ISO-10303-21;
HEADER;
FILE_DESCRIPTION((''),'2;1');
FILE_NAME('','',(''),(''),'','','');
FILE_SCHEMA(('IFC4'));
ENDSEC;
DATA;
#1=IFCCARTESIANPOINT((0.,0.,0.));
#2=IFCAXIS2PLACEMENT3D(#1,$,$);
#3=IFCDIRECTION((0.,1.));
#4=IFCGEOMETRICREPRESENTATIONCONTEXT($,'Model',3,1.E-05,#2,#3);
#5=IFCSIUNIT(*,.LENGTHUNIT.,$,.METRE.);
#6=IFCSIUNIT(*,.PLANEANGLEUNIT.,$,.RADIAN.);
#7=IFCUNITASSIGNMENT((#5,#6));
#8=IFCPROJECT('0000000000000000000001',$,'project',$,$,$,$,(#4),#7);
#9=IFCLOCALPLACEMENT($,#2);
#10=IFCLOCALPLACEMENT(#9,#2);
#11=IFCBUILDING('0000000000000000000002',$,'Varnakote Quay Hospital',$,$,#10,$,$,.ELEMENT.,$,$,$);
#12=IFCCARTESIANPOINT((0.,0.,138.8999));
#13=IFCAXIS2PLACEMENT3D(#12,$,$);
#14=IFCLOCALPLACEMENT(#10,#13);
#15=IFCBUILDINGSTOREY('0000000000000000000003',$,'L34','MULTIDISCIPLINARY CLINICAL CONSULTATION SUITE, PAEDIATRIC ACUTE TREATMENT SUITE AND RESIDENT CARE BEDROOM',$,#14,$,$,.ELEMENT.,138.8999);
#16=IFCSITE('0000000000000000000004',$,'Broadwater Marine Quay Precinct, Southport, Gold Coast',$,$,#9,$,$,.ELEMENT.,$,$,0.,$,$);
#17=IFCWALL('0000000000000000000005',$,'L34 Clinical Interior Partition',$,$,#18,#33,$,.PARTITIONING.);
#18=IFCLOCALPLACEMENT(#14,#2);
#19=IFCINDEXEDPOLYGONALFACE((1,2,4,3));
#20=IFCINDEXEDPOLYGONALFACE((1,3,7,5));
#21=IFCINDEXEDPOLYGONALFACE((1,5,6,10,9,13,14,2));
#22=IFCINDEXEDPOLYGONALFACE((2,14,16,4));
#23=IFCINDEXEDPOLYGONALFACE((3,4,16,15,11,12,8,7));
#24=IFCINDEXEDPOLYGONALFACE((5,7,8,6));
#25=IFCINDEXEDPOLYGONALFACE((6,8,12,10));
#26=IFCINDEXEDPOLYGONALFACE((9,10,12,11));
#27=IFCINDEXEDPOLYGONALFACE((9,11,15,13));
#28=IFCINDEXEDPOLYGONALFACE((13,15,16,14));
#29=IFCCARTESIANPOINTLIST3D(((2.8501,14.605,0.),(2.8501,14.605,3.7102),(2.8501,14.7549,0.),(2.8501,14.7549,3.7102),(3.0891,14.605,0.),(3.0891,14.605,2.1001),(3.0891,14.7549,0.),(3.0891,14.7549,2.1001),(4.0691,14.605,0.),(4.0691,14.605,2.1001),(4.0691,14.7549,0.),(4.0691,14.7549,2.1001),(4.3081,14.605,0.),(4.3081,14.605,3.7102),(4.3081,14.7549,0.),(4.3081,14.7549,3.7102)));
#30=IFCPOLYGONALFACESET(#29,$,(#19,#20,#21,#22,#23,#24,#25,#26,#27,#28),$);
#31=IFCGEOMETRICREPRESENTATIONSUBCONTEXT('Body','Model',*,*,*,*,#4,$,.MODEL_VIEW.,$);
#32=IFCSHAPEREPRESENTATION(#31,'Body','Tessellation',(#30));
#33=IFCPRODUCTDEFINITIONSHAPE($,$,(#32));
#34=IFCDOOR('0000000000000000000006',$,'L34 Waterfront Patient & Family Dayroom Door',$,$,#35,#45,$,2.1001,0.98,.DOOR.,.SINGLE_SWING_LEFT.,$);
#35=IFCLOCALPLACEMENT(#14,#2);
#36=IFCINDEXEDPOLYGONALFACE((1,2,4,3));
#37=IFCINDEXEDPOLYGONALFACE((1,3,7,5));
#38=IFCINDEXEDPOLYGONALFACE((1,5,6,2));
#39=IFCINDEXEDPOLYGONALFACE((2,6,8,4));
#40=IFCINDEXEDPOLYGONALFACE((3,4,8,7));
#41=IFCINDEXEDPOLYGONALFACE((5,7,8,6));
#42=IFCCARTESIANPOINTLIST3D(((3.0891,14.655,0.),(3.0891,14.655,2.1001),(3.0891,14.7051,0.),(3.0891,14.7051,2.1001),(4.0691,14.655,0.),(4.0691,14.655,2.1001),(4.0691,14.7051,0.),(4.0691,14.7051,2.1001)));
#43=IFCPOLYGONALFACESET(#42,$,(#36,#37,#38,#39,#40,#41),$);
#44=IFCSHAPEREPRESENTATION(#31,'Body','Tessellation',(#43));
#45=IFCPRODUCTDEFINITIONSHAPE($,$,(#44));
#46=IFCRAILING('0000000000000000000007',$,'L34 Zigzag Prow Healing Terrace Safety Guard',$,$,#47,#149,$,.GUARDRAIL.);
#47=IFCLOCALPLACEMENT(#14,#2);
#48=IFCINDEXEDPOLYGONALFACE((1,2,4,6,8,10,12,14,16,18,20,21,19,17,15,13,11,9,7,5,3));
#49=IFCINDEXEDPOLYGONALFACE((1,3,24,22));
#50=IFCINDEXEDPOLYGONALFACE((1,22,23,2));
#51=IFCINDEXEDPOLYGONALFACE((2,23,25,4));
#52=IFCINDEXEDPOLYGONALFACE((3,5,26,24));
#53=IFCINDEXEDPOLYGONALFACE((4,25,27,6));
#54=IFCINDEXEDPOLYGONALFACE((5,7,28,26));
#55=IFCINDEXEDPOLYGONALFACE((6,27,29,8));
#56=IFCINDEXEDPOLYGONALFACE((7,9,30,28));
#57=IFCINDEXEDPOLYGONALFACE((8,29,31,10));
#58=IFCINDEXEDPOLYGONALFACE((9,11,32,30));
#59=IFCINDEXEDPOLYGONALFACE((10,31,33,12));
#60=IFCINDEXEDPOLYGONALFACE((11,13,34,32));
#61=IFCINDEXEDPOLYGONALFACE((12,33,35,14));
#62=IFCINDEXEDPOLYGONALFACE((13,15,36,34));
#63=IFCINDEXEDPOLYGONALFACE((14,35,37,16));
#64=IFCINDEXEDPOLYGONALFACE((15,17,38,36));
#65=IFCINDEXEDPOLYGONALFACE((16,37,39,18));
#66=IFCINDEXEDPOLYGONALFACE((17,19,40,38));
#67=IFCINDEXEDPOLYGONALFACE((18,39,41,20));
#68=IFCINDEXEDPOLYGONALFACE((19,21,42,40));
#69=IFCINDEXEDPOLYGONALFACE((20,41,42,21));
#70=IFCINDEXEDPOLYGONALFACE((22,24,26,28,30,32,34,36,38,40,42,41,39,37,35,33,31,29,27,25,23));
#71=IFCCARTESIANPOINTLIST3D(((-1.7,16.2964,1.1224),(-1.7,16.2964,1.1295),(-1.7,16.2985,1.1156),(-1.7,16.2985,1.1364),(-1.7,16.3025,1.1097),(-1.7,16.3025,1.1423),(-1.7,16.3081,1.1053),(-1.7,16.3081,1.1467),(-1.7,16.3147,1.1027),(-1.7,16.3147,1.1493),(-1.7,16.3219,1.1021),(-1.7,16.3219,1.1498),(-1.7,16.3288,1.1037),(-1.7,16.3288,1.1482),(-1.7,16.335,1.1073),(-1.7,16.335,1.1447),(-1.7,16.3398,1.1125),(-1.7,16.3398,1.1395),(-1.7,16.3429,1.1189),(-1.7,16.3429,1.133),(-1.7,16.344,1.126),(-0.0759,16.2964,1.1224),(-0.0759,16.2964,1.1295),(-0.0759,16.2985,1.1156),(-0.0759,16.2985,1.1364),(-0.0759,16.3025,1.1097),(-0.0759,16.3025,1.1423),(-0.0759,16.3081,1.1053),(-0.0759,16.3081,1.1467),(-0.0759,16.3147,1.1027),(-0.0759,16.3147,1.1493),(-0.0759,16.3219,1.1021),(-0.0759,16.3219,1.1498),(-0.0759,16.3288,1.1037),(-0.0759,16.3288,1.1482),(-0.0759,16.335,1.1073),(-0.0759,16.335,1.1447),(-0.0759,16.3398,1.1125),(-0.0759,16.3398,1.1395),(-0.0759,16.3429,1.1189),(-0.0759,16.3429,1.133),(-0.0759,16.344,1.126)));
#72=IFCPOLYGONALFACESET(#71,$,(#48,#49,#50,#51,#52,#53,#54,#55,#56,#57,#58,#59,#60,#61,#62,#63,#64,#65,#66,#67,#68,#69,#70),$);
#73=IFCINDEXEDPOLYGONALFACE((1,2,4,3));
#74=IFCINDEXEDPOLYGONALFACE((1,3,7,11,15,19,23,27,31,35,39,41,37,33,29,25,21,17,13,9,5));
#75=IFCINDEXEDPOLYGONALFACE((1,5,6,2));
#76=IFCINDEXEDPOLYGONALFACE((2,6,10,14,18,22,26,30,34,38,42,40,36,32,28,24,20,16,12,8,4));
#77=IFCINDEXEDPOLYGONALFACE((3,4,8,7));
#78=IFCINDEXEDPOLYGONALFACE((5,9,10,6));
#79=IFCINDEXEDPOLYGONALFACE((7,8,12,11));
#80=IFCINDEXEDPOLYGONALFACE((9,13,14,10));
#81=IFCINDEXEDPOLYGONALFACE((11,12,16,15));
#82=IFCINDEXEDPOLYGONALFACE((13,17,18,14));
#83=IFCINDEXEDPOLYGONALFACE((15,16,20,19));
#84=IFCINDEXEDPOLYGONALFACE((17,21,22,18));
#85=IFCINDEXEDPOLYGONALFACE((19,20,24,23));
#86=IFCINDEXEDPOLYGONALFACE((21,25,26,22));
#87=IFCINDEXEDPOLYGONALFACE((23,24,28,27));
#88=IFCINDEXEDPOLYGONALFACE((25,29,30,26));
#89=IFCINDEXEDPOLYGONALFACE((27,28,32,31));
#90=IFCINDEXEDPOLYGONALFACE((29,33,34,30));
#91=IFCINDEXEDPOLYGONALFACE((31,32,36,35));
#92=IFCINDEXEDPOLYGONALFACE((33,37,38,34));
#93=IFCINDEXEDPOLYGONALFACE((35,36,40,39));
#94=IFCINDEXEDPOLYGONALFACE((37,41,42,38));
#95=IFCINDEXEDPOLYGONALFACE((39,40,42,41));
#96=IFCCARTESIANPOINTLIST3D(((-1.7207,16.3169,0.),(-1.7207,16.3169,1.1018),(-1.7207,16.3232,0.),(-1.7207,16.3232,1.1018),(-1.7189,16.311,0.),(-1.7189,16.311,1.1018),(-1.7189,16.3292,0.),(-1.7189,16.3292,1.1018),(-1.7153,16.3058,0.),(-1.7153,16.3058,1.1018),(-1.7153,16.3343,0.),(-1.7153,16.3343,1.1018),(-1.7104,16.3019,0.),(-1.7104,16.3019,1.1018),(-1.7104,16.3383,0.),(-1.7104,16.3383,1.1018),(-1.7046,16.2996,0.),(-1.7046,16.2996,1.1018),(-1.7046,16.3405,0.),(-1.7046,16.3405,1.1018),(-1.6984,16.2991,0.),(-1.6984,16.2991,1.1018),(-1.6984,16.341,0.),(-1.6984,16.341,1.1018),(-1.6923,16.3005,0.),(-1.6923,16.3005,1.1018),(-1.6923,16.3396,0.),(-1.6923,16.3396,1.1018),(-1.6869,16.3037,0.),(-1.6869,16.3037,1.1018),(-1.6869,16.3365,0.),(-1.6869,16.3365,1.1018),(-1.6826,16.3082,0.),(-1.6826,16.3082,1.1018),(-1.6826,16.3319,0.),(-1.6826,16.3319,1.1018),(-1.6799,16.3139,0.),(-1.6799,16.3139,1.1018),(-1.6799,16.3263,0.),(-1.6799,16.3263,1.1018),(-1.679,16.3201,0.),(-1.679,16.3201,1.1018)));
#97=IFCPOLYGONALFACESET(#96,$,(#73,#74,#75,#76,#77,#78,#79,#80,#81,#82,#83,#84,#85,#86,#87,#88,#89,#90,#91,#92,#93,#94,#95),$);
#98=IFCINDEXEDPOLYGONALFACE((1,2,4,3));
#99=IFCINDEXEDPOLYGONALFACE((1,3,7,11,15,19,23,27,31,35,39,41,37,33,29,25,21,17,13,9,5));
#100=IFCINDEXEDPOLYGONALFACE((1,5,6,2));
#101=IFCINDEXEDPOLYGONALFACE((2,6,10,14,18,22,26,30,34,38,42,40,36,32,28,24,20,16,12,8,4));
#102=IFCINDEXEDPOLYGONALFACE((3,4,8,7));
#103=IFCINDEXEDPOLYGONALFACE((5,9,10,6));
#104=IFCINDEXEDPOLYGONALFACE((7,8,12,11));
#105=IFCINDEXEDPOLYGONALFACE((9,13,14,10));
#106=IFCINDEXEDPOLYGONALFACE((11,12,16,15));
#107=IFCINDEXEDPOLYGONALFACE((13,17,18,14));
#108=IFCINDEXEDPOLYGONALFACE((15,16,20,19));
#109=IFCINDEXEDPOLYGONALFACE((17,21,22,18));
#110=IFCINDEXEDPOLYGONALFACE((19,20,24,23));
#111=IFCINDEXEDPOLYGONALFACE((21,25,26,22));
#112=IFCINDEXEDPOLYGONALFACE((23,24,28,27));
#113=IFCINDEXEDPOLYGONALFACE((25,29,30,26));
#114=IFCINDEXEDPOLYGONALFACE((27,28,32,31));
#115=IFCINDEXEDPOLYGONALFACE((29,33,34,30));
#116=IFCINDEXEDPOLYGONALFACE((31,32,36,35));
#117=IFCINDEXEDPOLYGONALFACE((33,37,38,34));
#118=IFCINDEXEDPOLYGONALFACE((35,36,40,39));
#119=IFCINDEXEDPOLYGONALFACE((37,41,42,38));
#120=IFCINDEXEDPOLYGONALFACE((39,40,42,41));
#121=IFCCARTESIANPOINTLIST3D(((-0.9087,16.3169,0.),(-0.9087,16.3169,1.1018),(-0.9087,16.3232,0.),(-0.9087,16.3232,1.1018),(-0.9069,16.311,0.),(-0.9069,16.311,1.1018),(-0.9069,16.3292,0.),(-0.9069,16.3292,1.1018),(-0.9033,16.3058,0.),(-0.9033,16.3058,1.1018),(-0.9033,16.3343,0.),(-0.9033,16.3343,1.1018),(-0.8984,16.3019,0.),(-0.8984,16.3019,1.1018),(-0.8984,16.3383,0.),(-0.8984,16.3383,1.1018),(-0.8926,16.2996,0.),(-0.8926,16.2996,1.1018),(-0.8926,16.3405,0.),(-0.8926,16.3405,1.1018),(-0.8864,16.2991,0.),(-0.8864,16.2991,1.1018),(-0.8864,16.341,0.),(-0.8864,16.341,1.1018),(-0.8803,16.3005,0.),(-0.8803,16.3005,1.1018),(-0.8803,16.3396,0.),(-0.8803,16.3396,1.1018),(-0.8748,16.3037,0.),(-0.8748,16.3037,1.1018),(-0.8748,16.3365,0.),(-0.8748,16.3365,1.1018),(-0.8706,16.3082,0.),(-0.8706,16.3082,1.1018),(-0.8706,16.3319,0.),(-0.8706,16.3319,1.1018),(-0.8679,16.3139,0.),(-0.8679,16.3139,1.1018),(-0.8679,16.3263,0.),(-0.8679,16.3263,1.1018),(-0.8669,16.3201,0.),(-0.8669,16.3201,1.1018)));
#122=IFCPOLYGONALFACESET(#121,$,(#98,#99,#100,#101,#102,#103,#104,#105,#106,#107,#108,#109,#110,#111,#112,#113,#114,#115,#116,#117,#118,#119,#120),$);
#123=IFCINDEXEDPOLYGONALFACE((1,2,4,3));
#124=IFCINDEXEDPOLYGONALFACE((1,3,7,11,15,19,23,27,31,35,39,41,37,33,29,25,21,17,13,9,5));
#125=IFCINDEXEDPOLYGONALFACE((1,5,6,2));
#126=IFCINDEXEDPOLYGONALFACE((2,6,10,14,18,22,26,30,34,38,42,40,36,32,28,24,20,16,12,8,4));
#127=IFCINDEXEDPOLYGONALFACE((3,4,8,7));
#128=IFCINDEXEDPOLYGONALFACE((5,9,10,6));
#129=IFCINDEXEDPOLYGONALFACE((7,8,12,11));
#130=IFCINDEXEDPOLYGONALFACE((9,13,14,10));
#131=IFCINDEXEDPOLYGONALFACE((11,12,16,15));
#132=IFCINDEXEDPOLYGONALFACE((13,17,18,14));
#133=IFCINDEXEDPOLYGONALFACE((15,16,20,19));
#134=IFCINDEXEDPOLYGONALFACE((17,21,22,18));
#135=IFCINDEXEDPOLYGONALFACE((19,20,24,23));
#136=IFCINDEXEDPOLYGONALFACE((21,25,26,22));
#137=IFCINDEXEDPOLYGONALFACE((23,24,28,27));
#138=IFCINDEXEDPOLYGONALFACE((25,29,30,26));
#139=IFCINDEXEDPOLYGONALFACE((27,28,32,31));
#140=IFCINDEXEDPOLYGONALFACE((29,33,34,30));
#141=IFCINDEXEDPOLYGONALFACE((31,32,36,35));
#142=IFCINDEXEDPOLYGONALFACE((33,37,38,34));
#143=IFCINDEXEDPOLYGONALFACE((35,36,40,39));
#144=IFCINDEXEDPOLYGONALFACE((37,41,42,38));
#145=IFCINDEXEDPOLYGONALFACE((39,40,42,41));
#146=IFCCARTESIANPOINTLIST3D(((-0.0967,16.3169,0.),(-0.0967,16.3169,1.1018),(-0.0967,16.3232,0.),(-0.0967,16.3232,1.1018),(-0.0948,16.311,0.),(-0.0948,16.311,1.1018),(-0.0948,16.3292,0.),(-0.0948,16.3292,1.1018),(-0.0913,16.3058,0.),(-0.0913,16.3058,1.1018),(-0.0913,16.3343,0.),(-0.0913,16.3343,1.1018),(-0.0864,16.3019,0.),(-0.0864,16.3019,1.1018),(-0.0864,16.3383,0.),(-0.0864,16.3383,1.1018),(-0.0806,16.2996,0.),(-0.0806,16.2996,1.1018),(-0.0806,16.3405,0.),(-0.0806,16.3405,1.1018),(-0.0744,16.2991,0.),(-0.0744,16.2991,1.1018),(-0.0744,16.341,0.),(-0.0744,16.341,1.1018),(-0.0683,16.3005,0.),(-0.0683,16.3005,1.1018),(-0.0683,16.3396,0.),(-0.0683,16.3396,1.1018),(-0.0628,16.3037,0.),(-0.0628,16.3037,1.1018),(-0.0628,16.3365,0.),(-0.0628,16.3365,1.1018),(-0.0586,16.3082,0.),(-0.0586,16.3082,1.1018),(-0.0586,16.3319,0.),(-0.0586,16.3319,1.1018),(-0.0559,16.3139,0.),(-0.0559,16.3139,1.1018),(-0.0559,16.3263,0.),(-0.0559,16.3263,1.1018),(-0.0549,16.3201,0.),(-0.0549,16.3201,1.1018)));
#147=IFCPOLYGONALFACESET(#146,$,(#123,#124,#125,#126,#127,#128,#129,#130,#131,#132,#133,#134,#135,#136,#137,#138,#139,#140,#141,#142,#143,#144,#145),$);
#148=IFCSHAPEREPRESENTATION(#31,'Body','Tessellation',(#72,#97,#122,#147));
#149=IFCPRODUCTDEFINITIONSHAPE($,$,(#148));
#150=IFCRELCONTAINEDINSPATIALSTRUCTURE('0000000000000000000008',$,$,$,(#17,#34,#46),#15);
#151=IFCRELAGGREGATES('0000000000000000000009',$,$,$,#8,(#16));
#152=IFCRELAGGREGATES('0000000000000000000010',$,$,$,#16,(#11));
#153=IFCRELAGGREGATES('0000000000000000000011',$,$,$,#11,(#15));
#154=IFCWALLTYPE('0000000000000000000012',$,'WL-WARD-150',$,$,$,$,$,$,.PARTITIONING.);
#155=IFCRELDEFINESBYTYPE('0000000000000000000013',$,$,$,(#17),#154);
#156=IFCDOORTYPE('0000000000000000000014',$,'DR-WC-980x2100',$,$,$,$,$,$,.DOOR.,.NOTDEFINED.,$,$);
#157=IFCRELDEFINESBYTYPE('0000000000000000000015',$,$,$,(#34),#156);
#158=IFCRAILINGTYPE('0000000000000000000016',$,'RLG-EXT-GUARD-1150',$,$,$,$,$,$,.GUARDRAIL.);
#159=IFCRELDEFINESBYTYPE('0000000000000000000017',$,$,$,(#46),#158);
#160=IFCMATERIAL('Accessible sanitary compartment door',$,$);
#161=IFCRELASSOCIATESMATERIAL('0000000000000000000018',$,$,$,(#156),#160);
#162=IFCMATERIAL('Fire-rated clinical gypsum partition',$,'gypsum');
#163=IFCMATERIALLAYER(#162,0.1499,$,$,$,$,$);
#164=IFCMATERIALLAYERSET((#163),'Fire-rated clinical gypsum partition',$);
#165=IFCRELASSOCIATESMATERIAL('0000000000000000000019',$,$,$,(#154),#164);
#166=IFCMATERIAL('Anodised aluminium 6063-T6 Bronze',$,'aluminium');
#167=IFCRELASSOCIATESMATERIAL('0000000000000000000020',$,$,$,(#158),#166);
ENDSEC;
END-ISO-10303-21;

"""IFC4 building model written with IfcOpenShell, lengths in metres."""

from ifc_helpers import new_model, si_unit, direction, frame, frame_2d, origin, origin_2d, place, context, subcontext, project, spatial, rectangle, circle, extrude, material, layer, layer_set, type_object, element, fill, save


model = new_model("IFC4")

# Units and contexts
model_context = context("Model", 3, precision=1e-05, world=origin(), true_north=direction((0.0, 1.0)))
body_context = subcontext(model_context, "Body", "Model", "MODEL_VIEW")
ifc_project = project(units=[si_unit("LENGTHUNIT", "METRE"), si_unit("PLANEANGLEUNIT", "RADIAN")], contexts=[model_context])

# Site, building, storey
site_placement = place(None, origin())
site = spatial("IfcSite", under=ifc_project, at=site_placement, Name="Broadwater Marine Quay Precinct, Southport, Gold Coast", CompositionType="ELEMENT", RefElevation=0.0)
building_placement = place(site_placement, origin())
building = spatial("IfcBuilding", under=site, at=building_placement, Name="Varnakote Quay Hospital", CompositionType="ELEMENT")
storey_placement = place(building_placement, frame((0.0, 0.0, 138.8999)))
storey = spatial("IfcBuildingStorey", under=building, at=storey_placement, Name="L34", Description="MULTIDISCIPLINARY CLINICAL CONSULTATION SUITE, PAEDIATRIC ACUTE TREATMENT SUITE AND RESIDENT CARE BEDROOM", CompositionType="ELEMENT", Elevation=138.8999)

# Shared definitions
ifc_material_1 = material(Name="Accessible sanitary compartment door")
door_type_1 = type_object("IfcDoorType", Name="DR-WC-980x2100", OperationType="NOTDEFINED", PredefinedType="DOOR", material=ifc_material_1)

# Wall, opening, door
ifc_material_2 = material(Name="Fire-rated clinical gypsum partition", Category="gypsum")
ifc_layer_1 = layer(ifc_material_2, 0.1499)
ifc_layer_set_1 = layer_set([ifc_layer_1], Name="Fire-rated clinical gypsum partition")
wall_type_1 = type_object("IfcWallType", Name="WL-WARD-150", PredefinedType="PARTITIONING", material=ifc_layer_set_1)
wall_1_placement = place(storey_placement, frame((4.3081, 14.6799, 0.0), z_axis=(0.0, 0.0, 1.0), x_axis=(-1.0, 0.0, 0.0)))
wall_1 = element("IfcWall", 1, at=wall_1_placement, inside=storey, type_object=wall_type_1, Name="L34 Clinical Interior Partition", PredefinedType="PARTITIONING", context=body_context, shape_type="SweptSolid", body=[
    extrude(rectangle(XDim=1.458, YDim=0.1499, at=frame_2d((0.729, 0.0))), origin(), (0.0, 0.0, 1.0), 3.7102),
])
opening_1_placement = place(wall_1_placement, frame((0.239, 0.0, 0.0)))
opening_1 = element("IfcOpeningElement", 2, at=opening_1_placement, cuts=wall_1, PredefinedType="OPENING", context=body_context, shape_type="SweptSolid", body=[
    extrude(rectangle(XDim=0.98, YDim=2.1001, at=frame_2d((0.49, 1.05))), frame((0.0, 0.085, 0.0), z_axis=(0.0, -1.0, 0.0), x_axis=(1.0, 0.0, 0.0)), (0.0, 0.0, 1.0), 0.1699),
])
door_1_placement = place(opening_1_placement, origin())
door_1 = element("IfcDoor", 3, at=door_1_placement, inside=storey, type_object=door_type_1, Name="L34 Waterfront Patient & Family Dayroom Door", OperationType="SINGLE_SWING_LEFT", OverallHeight=2.1001, OverallWidth=0.98, PredefinedType="DOOR", context=body_context, shape_type="SweptSolid", body=[
    extrude(rectangle(XDim=0.98, YDim=2.1001, at=frame_2d((0.49, 1.05))), frame((0.0, 0.0249, 0.0), z_axis=(0.0, -1.0, 0.0), x_axis=(1.0, 0.0, 0.0)), (0.0, 0.0, 1.0), 0.05),
])
fill(opening_1, door_1)

# Railing
ifc_material_3 = material(Name="Anodised aluminium 6063-T6 Bronze", Category="aluminium")
railing_type = type_object("IfcRailingType", Name="RLG-EXT-GUARD-1150", PredefinedType="GUARDRAIL", material=ifc_material_3)
railing_1_placement = place(storey_placement, frame((-1.7, 16.3201, 0.0)))
element("IfcRailing", 4, at=railing_1_placement, inside=storey, type_object=railing_type, Name="L34 Zigzag Prow Healing Terrace Safety Guard", PredefinedType="GUARDRAIL", context=body_context, shape_type="SweptSolid", body=[
    extrude(circle(Radius=0.0239, at=origin_2d()), frame((0.0, 0.0, 1.126), z_axis=(1.0, 0.0, 0.0), x_axis=(0.0, 1.0, 0.0)), (0.0, 0.0, 1.0), 1.624),
    extrude(circle(Radius=0.021, at=origin_2d()), origin(), (0.0, 0.0, 1.0), 1.1018),
    extrude(circle(Radius=0.021, at=origin_2d()), frame((0.812, 0.0, 0.0)), (0.0, 0.0, 1.0), 1.1018),
    extrude(circle(Radius=0.021, at=origin_2d()), frame((1.624, 0.0, 0.0)), (0.0, 0.0, 1.0), 1.1018),
])

save(model, "model.ifc")
